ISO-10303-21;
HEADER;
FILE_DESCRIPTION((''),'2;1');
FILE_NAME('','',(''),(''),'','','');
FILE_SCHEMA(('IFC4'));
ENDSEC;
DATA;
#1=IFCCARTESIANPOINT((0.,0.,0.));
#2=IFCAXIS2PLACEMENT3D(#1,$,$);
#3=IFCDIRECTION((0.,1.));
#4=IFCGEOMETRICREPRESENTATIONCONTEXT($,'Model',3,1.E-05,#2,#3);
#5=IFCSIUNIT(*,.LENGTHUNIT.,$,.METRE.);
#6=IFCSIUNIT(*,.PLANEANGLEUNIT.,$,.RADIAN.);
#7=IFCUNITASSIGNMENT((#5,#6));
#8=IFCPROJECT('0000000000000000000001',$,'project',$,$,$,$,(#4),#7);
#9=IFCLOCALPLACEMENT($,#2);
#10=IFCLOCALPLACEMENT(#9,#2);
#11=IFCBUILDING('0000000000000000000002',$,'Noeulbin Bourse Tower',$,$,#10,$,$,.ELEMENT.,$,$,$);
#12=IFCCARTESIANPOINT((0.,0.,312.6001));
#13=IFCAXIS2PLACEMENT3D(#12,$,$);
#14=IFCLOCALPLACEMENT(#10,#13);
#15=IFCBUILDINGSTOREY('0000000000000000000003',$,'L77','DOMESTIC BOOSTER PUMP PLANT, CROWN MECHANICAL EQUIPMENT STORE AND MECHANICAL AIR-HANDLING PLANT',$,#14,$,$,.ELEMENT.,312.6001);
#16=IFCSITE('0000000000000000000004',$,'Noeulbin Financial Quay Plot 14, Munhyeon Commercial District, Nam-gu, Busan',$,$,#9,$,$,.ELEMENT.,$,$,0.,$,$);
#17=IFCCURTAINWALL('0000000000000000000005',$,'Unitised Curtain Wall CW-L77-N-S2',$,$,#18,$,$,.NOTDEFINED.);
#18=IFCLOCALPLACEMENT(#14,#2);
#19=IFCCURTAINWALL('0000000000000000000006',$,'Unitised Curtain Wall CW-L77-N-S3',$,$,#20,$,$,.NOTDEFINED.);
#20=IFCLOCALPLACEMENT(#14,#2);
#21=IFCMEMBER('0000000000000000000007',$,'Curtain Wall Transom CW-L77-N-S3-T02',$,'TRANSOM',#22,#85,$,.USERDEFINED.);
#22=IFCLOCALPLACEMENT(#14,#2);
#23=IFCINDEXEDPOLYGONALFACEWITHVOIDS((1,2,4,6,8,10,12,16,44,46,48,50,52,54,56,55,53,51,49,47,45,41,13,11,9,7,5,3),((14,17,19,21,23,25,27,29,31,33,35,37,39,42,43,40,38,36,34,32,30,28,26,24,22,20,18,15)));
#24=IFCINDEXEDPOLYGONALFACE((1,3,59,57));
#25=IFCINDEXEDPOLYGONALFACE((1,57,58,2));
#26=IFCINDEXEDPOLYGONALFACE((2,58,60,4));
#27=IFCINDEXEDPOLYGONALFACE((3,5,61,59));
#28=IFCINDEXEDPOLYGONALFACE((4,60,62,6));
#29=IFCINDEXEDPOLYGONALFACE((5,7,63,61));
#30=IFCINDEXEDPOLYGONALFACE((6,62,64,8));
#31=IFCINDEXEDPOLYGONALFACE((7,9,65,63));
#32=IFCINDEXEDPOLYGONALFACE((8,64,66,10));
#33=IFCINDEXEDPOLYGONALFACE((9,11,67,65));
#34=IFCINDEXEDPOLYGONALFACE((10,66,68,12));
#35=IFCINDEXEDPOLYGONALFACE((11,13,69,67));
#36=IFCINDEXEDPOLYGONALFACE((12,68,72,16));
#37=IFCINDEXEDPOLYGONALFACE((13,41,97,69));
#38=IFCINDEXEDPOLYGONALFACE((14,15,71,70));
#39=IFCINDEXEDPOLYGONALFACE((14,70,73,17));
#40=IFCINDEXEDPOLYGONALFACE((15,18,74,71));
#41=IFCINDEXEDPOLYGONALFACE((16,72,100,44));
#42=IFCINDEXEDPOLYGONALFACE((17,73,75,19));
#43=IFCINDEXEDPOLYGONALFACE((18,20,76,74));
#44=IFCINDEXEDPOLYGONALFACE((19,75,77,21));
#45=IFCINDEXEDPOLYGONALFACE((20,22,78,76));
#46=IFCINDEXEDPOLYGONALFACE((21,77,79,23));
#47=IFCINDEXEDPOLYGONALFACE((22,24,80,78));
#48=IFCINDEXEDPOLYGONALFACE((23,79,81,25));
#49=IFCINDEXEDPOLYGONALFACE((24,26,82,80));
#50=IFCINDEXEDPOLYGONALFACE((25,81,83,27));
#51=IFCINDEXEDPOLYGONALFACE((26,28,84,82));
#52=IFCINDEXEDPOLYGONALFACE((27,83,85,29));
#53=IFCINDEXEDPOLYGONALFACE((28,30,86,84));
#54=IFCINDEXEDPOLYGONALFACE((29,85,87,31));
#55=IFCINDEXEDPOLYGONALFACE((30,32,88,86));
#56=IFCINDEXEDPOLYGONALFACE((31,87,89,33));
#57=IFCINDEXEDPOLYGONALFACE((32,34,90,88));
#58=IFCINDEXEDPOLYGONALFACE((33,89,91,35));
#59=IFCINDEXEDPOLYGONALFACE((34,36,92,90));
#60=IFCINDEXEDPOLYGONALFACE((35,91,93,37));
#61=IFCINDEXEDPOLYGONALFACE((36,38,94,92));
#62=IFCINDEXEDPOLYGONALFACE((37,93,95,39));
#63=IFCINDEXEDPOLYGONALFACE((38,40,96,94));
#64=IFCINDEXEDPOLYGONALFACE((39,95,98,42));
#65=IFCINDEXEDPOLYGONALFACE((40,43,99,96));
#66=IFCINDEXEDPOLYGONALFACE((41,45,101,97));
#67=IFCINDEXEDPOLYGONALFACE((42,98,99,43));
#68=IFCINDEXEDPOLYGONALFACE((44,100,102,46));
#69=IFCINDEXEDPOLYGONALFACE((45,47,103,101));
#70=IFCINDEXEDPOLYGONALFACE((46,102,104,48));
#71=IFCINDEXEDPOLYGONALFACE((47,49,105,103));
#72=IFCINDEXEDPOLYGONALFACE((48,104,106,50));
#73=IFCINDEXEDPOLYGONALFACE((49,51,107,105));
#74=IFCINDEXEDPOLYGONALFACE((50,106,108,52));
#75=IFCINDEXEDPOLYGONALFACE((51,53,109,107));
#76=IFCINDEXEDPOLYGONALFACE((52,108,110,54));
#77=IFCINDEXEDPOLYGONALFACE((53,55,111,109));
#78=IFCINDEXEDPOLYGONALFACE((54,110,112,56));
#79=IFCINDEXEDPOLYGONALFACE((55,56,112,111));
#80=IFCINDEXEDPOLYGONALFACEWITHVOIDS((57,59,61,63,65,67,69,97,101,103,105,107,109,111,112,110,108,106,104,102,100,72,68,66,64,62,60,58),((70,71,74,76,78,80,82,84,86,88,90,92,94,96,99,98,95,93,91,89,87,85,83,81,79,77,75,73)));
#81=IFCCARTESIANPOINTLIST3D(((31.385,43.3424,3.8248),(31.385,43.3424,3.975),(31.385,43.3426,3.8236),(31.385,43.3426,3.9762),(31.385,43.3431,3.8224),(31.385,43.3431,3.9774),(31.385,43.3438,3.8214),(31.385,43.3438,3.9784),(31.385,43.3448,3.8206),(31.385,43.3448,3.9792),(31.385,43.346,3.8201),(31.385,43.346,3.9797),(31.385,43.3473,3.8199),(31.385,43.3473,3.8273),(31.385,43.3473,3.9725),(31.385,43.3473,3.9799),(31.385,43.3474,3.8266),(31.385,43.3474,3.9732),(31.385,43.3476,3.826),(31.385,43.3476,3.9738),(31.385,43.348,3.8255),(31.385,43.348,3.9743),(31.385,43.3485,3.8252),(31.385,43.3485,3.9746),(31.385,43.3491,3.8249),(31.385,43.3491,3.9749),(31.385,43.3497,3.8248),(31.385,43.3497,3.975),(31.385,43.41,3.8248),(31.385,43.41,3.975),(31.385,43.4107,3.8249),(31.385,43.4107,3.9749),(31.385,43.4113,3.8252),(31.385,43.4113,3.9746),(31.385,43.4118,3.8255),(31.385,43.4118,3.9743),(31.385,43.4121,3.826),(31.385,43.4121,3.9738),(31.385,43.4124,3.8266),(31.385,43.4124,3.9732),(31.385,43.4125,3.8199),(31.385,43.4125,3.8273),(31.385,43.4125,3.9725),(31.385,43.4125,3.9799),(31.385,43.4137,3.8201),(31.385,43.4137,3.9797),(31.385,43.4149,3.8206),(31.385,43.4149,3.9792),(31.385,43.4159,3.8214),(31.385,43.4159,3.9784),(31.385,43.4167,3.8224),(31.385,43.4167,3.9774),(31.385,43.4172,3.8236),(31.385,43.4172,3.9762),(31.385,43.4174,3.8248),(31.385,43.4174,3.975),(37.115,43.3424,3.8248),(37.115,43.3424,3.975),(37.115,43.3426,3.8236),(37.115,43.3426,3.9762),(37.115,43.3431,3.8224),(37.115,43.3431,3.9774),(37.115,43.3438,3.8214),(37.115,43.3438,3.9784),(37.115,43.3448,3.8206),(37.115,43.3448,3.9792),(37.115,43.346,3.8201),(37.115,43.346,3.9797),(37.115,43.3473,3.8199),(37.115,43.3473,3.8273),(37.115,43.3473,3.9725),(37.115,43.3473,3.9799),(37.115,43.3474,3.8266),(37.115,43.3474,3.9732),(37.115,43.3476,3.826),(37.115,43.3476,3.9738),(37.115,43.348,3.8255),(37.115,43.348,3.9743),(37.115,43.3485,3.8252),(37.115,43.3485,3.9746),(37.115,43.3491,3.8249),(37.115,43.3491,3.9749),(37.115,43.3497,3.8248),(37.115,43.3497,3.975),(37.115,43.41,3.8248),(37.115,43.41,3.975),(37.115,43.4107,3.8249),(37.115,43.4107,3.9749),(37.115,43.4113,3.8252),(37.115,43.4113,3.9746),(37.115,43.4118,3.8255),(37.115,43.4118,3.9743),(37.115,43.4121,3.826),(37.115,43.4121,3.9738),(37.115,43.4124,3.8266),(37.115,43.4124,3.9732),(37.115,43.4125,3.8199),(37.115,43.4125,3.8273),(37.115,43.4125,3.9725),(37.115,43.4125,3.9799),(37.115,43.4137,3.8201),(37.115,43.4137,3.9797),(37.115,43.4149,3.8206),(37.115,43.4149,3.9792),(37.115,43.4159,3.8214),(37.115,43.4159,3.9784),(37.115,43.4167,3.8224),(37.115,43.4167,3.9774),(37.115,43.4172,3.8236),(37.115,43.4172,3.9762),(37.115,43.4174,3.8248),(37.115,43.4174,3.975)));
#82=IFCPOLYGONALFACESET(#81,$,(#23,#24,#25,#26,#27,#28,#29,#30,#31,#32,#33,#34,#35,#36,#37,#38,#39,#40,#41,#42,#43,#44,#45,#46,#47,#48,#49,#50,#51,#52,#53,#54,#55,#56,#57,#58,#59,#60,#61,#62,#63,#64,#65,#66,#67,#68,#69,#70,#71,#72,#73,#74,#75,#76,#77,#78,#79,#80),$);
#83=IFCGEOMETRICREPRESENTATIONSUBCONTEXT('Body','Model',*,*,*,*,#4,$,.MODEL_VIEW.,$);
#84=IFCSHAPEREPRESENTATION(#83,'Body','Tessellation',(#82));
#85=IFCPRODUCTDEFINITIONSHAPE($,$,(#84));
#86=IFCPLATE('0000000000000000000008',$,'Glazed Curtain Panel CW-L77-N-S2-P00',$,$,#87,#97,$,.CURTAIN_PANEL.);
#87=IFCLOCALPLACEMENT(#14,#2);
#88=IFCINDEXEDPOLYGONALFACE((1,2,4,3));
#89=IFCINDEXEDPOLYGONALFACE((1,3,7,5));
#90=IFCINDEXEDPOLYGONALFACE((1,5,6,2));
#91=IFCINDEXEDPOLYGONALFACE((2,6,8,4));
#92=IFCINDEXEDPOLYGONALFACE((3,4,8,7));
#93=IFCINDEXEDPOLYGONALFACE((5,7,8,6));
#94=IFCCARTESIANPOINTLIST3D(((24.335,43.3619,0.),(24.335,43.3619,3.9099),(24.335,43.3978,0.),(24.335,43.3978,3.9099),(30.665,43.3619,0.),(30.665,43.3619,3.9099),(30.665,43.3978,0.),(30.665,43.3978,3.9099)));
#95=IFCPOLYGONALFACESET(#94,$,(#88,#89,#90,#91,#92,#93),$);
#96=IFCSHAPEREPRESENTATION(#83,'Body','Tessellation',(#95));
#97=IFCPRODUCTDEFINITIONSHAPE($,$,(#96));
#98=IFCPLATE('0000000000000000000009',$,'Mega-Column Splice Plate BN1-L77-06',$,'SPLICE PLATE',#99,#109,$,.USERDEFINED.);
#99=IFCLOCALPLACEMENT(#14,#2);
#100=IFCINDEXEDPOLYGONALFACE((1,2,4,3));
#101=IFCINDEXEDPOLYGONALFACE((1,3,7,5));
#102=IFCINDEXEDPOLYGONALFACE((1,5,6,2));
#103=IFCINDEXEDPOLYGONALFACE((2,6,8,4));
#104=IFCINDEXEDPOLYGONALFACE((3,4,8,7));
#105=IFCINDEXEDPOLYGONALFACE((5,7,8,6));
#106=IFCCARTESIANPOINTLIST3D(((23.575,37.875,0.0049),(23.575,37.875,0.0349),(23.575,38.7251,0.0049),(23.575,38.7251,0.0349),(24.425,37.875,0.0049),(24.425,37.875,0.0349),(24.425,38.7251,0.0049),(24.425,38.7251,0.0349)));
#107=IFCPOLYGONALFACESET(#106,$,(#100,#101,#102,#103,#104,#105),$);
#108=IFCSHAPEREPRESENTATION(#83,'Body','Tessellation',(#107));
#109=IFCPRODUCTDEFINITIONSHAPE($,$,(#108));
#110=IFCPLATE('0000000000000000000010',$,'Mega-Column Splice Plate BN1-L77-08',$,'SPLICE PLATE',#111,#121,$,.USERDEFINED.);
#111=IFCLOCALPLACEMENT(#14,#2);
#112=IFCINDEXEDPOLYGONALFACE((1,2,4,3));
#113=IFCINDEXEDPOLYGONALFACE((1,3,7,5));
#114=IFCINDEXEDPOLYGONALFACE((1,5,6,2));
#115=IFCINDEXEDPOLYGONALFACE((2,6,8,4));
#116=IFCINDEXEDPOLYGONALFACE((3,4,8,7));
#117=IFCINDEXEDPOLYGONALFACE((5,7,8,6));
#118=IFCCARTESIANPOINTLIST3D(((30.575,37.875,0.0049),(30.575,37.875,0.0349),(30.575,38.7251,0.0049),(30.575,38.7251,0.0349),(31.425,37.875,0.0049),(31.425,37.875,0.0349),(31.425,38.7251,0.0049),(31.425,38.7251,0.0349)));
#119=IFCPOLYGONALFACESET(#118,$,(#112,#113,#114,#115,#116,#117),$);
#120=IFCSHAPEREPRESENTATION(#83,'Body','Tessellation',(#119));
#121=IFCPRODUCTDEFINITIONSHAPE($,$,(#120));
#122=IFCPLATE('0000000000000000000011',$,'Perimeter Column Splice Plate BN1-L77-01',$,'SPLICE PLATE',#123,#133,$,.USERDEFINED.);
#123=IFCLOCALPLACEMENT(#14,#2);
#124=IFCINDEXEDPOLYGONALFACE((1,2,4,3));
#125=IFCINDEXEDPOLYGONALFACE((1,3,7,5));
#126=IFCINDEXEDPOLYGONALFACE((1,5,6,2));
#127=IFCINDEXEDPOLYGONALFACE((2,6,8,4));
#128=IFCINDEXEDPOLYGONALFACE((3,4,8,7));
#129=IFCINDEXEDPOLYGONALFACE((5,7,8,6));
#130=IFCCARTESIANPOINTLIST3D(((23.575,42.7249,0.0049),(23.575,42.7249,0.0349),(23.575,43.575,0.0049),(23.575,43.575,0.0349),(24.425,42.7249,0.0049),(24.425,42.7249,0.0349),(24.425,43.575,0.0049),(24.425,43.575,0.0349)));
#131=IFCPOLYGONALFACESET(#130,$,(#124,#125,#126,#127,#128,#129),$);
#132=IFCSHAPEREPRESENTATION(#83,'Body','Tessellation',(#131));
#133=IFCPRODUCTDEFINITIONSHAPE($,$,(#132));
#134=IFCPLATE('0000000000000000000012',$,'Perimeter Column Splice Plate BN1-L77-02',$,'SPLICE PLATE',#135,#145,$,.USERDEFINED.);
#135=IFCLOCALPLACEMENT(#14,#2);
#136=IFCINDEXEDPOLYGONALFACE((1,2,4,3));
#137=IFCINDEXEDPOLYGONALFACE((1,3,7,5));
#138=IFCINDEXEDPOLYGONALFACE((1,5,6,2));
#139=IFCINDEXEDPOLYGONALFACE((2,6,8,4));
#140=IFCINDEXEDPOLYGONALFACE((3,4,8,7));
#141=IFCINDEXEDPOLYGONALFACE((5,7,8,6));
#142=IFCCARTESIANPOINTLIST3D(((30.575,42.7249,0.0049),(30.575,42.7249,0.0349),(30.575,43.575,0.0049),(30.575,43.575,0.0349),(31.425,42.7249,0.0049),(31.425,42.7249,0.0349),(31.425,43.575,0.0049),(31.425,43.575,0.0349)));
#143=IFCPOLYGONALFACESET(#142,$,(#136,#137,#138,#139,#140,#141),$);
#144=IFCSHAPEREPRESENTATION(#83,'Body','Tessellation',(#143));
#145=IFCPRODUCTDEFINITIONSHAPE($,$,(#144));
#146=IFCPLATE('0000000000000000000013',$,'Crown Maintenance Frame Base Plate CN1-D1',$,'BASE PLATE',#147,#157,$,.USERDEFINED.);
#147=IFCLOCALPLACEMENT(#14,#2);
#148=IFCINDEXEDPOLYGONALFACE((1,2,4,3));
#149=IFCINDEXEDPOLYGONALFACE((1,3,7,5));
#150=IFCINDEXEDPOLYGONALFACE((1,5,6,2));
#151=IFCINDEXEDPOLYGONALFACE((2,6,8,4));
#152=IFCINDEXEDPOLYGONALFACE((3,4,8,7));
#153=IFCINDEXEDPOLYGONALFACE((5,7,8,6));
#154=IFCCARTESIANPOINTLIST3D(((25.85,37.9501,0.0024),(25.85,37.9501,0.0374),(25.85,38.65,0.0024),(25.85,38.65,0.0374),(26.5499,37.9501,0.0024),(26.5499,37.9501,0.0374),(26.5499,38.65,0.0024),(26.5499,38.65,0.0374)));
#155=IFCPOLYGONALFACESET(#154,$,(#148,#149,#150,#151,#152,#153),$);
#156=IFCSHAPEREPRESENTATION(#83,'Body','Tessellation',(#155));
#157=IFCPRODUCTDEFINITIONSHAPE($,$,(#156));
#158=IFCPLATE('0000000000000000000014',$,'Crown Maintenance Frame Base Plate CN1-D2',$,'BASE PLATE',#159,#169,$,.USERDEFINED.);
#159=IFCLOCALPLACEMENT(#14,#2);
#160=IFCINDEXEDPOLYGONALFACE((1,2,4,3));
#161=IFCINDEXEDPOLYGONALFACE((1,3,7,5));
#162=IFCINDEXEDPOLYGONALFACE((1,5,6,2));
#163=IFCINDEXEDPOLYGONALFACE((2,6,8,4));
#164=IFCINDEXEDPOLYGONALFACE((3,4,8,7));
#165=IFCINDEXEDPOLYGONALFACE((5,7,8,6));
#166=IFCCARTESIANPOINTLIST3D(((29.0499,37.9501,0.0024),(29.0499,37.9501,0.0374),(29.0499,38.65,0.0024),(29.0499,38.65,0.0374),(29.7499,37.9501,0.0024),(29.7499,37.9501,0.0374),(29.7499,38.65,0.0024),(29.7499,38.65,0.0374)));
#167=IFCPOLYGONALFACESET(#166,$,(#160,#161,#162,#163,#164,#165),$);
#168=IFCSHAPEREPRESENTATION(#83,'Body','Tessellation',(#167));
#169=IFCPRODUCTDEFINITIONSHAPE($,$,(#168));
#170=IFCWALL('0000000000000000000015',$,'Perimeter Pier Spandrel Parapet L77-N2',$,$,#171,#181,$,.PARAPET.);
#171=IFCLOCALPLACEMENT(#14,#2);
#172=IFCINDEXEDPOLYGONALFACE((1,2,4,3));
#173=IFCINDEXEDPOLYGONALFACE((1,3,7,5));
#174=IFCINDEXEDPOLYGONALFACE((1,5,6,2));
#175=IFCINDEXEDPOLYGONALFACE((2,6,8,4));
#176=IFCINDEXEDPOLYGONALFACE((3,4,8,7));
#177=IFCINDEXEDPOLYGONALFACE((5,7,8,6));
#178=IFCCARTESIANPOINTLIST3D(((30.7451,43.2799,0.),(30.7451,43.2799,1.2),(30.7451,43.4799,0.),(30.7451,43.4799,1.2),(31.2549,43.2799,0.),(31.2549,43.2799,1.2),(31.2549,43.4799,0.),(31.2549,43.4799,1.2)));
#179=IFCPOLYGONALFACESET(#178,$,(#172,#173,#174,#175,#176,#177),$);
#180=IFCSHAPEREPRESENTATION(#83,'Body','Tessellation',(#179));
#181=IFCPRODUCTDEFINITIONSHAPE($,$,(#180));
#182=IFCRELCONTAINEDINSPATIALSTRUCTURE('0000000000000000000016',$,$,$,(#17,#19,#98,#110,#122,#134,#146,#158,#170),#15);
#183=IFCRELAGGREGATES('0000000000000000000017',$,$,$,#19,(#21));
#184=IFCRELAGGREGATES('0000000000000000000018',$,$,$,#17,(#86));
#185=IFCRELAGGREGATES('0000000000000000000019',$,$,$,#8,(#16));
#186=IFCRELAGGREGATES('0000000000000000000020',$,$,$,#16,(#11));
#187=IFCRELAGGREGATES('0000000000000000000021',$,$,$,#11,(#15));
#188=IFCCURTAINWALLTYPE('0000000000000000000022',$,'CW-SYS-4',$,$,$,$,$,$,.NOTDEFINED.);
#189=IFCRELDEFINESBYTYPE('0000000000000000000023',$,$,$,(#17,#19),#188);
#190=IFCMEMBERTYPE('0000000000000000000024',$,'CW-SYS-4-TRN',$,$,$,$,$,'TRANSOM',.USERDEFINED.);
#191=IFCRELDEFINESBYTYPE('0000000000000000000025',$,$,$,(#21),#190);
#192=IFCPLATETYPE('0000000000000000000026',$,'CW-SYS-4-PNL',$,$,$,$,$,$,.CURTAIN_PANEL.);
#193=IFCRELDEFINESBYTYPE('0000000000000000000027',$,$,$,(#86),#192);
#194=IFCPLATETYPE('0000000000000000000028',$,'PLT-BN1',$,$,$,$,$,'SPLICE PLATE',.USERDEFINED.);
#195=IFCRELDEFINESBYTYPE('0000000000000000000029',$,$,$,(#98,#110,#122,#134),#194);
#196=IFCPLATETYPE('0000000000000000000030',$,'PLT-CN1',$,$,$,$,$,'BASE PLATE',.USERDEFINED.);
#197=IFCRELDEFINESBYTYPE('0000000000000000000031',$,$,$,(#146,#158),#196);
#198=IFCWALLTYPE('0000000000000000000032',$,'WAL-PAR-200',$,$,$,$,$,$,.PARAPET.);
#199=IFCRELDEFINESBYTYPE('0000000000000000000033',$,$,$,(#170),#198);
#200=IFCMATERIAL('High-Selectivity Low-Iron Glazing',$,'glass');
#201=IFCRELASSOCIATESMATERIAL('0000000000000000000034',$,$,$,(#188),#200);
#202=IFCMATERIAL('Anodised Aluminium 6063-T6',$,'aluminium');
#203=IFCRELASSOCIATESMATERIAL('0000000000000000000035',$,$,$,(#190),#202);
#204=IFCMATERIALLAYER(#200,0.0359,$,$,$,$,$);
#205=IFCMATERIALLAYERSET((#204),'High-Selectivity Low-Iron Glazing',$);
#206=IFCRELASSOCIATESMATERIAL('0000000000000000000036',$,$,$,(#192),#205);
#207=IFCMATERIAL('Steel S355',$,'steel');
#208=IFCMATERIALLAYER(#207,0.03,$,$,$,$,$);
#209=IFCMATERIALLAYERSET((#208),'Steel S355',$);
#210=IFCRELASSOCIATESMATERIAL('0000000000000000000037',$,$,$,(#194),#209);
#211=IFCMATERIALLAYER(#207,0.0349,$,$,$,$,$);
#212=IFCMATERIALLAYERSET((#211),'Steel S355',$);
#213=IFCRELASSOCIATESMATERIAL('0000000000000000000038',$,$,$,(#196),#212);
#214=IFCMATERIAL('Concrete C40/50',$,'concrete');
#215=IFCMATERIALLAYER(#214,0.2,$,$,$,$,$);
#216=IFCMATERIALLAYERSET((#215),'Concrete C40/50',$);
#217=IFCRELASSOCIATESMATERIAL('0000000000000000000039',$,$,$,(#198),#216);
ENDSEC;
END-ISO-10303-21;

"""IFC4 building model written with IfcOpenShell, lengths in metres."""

from ifc_helpers import new_model, si_unit, direction, frame, frame_2d, origin, origin_2d, place, context, subcontext, project, spatial, rectangle, hollow_rectangle, extrude, material, layer, layer_set, material_profile, profile_set, type_object, element, aggregate, save


model = new_model("IFC4")

# Units and contexts
model_context = context("Model", 3, precision=1e-05, world=origin(), true_north=direction((0.0, 1.0)))
body_context = subcontext(model_context, "Body", "Model", "MODEL_VIEW")
ifc_project = project(units=[si_unit("LENGTHUNIT", "METRE"), si_unit("PLANEANGLEUNIT", "RADIAN")], contexts=[model_context])

# Site, building, storey
site_placement = place(None, origin())
site = spatial("IfcSite", under=ifc_project, at=site_placement, Name="Noeulbin Financial Quay Plot 14, Munhyeon Commercial District, Nam-gu, Busan", CompositionType="ELEMENT", RefElevation=0.0)
building_placement = place(site_placement, origin())
building = spatial("IfcBuilding", under=site, at=building_placement, Name="Noeulbin Bourse Tower", CompositionType="ELEMENT")
storey_placement = place(building_placement, frame((0.0, 0.0, 312.6001)))
storey = spatial("IfcBuildingStorey", under=building, at=storey_placement, Name="L77", Description="DOMESTIC BOOSTER PUMP PLANT, CROWN MECHANICAL EQUIPMENT STORE AND MECHANICAL AIR-HANDLING PLANT", CompositionType="ELEMENT", Elevation=312.6001)

# Shared definitions
ifc_material_1 = material(Name="Steel S355", Category="steel")

# Curtain wall
ifc_material_2 = material(Name="High-Selectivity Low-Iron Glazing", Category="glass")
curtain_wall_type = type_object("IfcCurtainWallType", Name="CW-SYS-4", PredefinedType="NOTDEFINED", material=ifc_material_2)
curtain_wall_1_placement = place(storey_placement, origin())
curtain_wall_1 = element("IfcCurtainWall", 1, at=curtain_wall_1_placement, inside=storey, type_object=curtain_wall_type, Name="Unitised Curtain Wall CW-L77-N-S2", PredefinedType="NOTDEFINED")
ifc_material_3 = material(Name="Anodised Aluminium 6063-T6", Category="aluminium")

# Curtain wall
curtain_wall_2_placement = place(storey_placement, origin())
curtain_wall_2 = element("IfcCurtainWall", 2, at=curtain_wall_2_placement, inside=storey, type_object=curtain_wall_type, Name="Unitised Curtain Wall CW-L77-N-S3", PredefinedType="NOTDEFINED")

# Member
ifc_material_profile_1 = material_profile(ifc_material_3, hollow_rectangle(XDim=0.075, YDim=0.1599, WallThickness=0.0049, InnerFilletRadius=0.0024, OuterFilletRadius=0.0049, at=origin_2d()), Name="ALU-TRAN-75x160x5", Category="LoadBearing")
ifc_profile_set_1 = profile_set([ifc_material_profile_1], Name="Anodised Aluminium 6063-T6")
member_type_1 = type_object("IfcMemberType", Name="CW-SYS-4-TRN", ElementType="TRANSOM", PredefinedType="USERDEFINED", material=ifc_profile_set_1)
member_1_placement = place(storey_placement, frame((31.385, 43.3799, 3.8999), z_axis=(1.0, 0.0, 0.0), x_axis=(0.0, 1.0, 0.0)))
member_1 = element("IfcMember", 3, at=member_1_placement, type_object=member_type_1, Name="Curtain Wall Transom CW-L77-N-S3-T02", ObjectType="TRANSOM", PredefinedType="USERDEFINED", context=body_context, shape_type="SweptSolid", body=[
    extrude(hollow_rectangle(XDim=0.075, YDim=0.1599, WallThickness=0.0049, InnerFilletRadius=0.0024, OuterFilletRadius=0.0049, at=origin_2d()), origin(), (0.0, 0.0, 1.0), 5.73),
])
aggregate(curtain_wall_2, [member_1])

# Plate
ifc_layer_1 = layer(ifc_material_2, 0.0359)
ifc_layer_set_1 = layer_set([ifc_layer_1], Name="High-Selectivity Low-Iron Glazing")
plate_type_1 = type_object("IfcPlateType", Name="CW-SYS-4-PNL", PredefinedType="CURTAIN_PANEL", material=ifc_layer_set_1)
plate_placement = place(storey_placement, frame((27.5, 43.3799, 0.0), z_axis=(0.0, 0.0, 1.0), x_axis=(1.0, 0.0, 0.0)))
plate = element("IfcPlate", 4, at=plate_placement, type_object=plate_type_1, Name="Glazed Curtain Panel CW-L77-N-S2-P00", PredefinedType="CURTAIN_PANEL", context=body_context, shape_type="SweptSolid", body=[
    extrude(rectangle(XDim=6.3301, YDim=0.0359, at=origin_2d()), origin(), (0.0, 0.0, 1.0), 3.9099),
])
aggregate(curtain_wall_1, [plate])

# Plates
ifc_layer_2 = layer(ifc_material_1, 0.03)
ifc_layer_set_2 = layer_set([ifc_layer_2], Name="Steel S355")
plate_type_2 = type_object("IfcPlateType", Name="PLT-BN1", ElementType="SPLICE PLATE", PredefinedType="USERDEFINED", material=ifc_layer_set_2)
for number, where, z_axis, x_axis, name in (
    (5, (24.0, 38.3, 0.0049), (0.0, 0.0, 1.0), (1.0, 0.0, 0.0), "Mega-Column Splice Plate BN1-L77-06"),
    (6, (31.0, 38.3, 0.0049), (0.0, 0.0, 1.0), (1.0, 0.0, 0.0), "Mega-Column Splice Plate BN1-L77-08"),
    (7, (24.0, 43.1499, 0.0049), (0.0, 0.0, 1.0), (1.0, 0.0, 0.0), "Perimeter Column Splice Plate BN1-L77-01"),
    (8, (31.0, 43.1499, 0.0049), (0.0, 0.0, 1.0), (1.0, 0.0, 0.0), "Perimeter Column Splice Plate BN1-L77-02"),
):
    element("IfcPlate", number, at=place(storey_placement, frame(where, z_axis=z_axis, x_axis=x_axis)), inside=storey, type_object=plate_type_2, Name=name, ObjectType="SPLICE PLATE", PredefinedType="USERDEFINED", context=body_context, shape_type="SweptSolid", body=[
        extrude(rectangle(XDim=0.8501, YDim=0.8501, at=origin_2d()), origin(), (0.0, 0.0, 1.0), 0.03),
    ])
ifc_layer_3 = layer(ifc_material_1, 0.0349)
ifc_layer_set_3 = layer_set([ifc_layer_3], Name="Steel S355")
plate_type_3 = type_object("IfcPlateType", Name="PLT-CN1", ElementType="BASE PLATE", PredefinedType="USERDEFINED", material=ifc_layer_set_3)
for number, where, z_axis, x_axis, name in (
    (9, (26.2, 38.3, 0.0024), (0.0, 0.0, 1.0), (1.0, 0.0, 0.0), "Crown Maintenance Frame Base Plate CN1-D1"),
    (10, (29.3999, 38.3, 0.0024), (0.0, 0.0, 1.0), (1.0, 0.0, 0.0), "Crown Maintenance Frame Base Plate CN1-D2"),
):
    element("IfcPlate", number, at=place(storey_placement, frame(where, z_axis=z_axis, x_axis=x_axis)), inside=storey, type_object=plate_type_3, Name=name, ObjectType="BASE PLATE", PredefinedType="USERDEFINED", context=body_context, shape_type="SweptSolid", body=[
        extrude(rectangle(XDim=0.7, YDim=0.7, at=origin_2d()), origin(), (0.0, 0.0, 1.0), 0.0349),
    ])

# Wall
ifc_material_4 = material(Name="Concrete C40/50", Category="concrete")
ifc_layer_4 = layer(ifc_material_4, 0.2)
ifc_layer_set_4 = layer_set([ifc_layer_4], Name="Concrete C40/50")
wall_type = type_object("IfcWallType", Name="WAL-PAR-200", PredefinedType="PARAPET", material=ifc_layer_set_4)
wall_placement = place(storey_placement, frame((30.7451, 43.3799, 0.0), z_axis=(0.0, 0.0, 1.0), x_axis=(1.0, 0.0, 0.0)))
element("IfcWall", 11, at=wall_placement, inside=storey, type_object=wall_type, Name="Perimeter Pier Spandrel Parapet L77-N2", PredefinedType="PARAPET", context=body_context, shape_type="SweptSolid", body=[
    extrude(rectangle(XDim=0.5098, YDim=0.2, at=frame_2d((0.2549, 0.0))), origin(), (0.0, 0.0, 1.0), 1.2),
])

save(model, "model.ifc")
